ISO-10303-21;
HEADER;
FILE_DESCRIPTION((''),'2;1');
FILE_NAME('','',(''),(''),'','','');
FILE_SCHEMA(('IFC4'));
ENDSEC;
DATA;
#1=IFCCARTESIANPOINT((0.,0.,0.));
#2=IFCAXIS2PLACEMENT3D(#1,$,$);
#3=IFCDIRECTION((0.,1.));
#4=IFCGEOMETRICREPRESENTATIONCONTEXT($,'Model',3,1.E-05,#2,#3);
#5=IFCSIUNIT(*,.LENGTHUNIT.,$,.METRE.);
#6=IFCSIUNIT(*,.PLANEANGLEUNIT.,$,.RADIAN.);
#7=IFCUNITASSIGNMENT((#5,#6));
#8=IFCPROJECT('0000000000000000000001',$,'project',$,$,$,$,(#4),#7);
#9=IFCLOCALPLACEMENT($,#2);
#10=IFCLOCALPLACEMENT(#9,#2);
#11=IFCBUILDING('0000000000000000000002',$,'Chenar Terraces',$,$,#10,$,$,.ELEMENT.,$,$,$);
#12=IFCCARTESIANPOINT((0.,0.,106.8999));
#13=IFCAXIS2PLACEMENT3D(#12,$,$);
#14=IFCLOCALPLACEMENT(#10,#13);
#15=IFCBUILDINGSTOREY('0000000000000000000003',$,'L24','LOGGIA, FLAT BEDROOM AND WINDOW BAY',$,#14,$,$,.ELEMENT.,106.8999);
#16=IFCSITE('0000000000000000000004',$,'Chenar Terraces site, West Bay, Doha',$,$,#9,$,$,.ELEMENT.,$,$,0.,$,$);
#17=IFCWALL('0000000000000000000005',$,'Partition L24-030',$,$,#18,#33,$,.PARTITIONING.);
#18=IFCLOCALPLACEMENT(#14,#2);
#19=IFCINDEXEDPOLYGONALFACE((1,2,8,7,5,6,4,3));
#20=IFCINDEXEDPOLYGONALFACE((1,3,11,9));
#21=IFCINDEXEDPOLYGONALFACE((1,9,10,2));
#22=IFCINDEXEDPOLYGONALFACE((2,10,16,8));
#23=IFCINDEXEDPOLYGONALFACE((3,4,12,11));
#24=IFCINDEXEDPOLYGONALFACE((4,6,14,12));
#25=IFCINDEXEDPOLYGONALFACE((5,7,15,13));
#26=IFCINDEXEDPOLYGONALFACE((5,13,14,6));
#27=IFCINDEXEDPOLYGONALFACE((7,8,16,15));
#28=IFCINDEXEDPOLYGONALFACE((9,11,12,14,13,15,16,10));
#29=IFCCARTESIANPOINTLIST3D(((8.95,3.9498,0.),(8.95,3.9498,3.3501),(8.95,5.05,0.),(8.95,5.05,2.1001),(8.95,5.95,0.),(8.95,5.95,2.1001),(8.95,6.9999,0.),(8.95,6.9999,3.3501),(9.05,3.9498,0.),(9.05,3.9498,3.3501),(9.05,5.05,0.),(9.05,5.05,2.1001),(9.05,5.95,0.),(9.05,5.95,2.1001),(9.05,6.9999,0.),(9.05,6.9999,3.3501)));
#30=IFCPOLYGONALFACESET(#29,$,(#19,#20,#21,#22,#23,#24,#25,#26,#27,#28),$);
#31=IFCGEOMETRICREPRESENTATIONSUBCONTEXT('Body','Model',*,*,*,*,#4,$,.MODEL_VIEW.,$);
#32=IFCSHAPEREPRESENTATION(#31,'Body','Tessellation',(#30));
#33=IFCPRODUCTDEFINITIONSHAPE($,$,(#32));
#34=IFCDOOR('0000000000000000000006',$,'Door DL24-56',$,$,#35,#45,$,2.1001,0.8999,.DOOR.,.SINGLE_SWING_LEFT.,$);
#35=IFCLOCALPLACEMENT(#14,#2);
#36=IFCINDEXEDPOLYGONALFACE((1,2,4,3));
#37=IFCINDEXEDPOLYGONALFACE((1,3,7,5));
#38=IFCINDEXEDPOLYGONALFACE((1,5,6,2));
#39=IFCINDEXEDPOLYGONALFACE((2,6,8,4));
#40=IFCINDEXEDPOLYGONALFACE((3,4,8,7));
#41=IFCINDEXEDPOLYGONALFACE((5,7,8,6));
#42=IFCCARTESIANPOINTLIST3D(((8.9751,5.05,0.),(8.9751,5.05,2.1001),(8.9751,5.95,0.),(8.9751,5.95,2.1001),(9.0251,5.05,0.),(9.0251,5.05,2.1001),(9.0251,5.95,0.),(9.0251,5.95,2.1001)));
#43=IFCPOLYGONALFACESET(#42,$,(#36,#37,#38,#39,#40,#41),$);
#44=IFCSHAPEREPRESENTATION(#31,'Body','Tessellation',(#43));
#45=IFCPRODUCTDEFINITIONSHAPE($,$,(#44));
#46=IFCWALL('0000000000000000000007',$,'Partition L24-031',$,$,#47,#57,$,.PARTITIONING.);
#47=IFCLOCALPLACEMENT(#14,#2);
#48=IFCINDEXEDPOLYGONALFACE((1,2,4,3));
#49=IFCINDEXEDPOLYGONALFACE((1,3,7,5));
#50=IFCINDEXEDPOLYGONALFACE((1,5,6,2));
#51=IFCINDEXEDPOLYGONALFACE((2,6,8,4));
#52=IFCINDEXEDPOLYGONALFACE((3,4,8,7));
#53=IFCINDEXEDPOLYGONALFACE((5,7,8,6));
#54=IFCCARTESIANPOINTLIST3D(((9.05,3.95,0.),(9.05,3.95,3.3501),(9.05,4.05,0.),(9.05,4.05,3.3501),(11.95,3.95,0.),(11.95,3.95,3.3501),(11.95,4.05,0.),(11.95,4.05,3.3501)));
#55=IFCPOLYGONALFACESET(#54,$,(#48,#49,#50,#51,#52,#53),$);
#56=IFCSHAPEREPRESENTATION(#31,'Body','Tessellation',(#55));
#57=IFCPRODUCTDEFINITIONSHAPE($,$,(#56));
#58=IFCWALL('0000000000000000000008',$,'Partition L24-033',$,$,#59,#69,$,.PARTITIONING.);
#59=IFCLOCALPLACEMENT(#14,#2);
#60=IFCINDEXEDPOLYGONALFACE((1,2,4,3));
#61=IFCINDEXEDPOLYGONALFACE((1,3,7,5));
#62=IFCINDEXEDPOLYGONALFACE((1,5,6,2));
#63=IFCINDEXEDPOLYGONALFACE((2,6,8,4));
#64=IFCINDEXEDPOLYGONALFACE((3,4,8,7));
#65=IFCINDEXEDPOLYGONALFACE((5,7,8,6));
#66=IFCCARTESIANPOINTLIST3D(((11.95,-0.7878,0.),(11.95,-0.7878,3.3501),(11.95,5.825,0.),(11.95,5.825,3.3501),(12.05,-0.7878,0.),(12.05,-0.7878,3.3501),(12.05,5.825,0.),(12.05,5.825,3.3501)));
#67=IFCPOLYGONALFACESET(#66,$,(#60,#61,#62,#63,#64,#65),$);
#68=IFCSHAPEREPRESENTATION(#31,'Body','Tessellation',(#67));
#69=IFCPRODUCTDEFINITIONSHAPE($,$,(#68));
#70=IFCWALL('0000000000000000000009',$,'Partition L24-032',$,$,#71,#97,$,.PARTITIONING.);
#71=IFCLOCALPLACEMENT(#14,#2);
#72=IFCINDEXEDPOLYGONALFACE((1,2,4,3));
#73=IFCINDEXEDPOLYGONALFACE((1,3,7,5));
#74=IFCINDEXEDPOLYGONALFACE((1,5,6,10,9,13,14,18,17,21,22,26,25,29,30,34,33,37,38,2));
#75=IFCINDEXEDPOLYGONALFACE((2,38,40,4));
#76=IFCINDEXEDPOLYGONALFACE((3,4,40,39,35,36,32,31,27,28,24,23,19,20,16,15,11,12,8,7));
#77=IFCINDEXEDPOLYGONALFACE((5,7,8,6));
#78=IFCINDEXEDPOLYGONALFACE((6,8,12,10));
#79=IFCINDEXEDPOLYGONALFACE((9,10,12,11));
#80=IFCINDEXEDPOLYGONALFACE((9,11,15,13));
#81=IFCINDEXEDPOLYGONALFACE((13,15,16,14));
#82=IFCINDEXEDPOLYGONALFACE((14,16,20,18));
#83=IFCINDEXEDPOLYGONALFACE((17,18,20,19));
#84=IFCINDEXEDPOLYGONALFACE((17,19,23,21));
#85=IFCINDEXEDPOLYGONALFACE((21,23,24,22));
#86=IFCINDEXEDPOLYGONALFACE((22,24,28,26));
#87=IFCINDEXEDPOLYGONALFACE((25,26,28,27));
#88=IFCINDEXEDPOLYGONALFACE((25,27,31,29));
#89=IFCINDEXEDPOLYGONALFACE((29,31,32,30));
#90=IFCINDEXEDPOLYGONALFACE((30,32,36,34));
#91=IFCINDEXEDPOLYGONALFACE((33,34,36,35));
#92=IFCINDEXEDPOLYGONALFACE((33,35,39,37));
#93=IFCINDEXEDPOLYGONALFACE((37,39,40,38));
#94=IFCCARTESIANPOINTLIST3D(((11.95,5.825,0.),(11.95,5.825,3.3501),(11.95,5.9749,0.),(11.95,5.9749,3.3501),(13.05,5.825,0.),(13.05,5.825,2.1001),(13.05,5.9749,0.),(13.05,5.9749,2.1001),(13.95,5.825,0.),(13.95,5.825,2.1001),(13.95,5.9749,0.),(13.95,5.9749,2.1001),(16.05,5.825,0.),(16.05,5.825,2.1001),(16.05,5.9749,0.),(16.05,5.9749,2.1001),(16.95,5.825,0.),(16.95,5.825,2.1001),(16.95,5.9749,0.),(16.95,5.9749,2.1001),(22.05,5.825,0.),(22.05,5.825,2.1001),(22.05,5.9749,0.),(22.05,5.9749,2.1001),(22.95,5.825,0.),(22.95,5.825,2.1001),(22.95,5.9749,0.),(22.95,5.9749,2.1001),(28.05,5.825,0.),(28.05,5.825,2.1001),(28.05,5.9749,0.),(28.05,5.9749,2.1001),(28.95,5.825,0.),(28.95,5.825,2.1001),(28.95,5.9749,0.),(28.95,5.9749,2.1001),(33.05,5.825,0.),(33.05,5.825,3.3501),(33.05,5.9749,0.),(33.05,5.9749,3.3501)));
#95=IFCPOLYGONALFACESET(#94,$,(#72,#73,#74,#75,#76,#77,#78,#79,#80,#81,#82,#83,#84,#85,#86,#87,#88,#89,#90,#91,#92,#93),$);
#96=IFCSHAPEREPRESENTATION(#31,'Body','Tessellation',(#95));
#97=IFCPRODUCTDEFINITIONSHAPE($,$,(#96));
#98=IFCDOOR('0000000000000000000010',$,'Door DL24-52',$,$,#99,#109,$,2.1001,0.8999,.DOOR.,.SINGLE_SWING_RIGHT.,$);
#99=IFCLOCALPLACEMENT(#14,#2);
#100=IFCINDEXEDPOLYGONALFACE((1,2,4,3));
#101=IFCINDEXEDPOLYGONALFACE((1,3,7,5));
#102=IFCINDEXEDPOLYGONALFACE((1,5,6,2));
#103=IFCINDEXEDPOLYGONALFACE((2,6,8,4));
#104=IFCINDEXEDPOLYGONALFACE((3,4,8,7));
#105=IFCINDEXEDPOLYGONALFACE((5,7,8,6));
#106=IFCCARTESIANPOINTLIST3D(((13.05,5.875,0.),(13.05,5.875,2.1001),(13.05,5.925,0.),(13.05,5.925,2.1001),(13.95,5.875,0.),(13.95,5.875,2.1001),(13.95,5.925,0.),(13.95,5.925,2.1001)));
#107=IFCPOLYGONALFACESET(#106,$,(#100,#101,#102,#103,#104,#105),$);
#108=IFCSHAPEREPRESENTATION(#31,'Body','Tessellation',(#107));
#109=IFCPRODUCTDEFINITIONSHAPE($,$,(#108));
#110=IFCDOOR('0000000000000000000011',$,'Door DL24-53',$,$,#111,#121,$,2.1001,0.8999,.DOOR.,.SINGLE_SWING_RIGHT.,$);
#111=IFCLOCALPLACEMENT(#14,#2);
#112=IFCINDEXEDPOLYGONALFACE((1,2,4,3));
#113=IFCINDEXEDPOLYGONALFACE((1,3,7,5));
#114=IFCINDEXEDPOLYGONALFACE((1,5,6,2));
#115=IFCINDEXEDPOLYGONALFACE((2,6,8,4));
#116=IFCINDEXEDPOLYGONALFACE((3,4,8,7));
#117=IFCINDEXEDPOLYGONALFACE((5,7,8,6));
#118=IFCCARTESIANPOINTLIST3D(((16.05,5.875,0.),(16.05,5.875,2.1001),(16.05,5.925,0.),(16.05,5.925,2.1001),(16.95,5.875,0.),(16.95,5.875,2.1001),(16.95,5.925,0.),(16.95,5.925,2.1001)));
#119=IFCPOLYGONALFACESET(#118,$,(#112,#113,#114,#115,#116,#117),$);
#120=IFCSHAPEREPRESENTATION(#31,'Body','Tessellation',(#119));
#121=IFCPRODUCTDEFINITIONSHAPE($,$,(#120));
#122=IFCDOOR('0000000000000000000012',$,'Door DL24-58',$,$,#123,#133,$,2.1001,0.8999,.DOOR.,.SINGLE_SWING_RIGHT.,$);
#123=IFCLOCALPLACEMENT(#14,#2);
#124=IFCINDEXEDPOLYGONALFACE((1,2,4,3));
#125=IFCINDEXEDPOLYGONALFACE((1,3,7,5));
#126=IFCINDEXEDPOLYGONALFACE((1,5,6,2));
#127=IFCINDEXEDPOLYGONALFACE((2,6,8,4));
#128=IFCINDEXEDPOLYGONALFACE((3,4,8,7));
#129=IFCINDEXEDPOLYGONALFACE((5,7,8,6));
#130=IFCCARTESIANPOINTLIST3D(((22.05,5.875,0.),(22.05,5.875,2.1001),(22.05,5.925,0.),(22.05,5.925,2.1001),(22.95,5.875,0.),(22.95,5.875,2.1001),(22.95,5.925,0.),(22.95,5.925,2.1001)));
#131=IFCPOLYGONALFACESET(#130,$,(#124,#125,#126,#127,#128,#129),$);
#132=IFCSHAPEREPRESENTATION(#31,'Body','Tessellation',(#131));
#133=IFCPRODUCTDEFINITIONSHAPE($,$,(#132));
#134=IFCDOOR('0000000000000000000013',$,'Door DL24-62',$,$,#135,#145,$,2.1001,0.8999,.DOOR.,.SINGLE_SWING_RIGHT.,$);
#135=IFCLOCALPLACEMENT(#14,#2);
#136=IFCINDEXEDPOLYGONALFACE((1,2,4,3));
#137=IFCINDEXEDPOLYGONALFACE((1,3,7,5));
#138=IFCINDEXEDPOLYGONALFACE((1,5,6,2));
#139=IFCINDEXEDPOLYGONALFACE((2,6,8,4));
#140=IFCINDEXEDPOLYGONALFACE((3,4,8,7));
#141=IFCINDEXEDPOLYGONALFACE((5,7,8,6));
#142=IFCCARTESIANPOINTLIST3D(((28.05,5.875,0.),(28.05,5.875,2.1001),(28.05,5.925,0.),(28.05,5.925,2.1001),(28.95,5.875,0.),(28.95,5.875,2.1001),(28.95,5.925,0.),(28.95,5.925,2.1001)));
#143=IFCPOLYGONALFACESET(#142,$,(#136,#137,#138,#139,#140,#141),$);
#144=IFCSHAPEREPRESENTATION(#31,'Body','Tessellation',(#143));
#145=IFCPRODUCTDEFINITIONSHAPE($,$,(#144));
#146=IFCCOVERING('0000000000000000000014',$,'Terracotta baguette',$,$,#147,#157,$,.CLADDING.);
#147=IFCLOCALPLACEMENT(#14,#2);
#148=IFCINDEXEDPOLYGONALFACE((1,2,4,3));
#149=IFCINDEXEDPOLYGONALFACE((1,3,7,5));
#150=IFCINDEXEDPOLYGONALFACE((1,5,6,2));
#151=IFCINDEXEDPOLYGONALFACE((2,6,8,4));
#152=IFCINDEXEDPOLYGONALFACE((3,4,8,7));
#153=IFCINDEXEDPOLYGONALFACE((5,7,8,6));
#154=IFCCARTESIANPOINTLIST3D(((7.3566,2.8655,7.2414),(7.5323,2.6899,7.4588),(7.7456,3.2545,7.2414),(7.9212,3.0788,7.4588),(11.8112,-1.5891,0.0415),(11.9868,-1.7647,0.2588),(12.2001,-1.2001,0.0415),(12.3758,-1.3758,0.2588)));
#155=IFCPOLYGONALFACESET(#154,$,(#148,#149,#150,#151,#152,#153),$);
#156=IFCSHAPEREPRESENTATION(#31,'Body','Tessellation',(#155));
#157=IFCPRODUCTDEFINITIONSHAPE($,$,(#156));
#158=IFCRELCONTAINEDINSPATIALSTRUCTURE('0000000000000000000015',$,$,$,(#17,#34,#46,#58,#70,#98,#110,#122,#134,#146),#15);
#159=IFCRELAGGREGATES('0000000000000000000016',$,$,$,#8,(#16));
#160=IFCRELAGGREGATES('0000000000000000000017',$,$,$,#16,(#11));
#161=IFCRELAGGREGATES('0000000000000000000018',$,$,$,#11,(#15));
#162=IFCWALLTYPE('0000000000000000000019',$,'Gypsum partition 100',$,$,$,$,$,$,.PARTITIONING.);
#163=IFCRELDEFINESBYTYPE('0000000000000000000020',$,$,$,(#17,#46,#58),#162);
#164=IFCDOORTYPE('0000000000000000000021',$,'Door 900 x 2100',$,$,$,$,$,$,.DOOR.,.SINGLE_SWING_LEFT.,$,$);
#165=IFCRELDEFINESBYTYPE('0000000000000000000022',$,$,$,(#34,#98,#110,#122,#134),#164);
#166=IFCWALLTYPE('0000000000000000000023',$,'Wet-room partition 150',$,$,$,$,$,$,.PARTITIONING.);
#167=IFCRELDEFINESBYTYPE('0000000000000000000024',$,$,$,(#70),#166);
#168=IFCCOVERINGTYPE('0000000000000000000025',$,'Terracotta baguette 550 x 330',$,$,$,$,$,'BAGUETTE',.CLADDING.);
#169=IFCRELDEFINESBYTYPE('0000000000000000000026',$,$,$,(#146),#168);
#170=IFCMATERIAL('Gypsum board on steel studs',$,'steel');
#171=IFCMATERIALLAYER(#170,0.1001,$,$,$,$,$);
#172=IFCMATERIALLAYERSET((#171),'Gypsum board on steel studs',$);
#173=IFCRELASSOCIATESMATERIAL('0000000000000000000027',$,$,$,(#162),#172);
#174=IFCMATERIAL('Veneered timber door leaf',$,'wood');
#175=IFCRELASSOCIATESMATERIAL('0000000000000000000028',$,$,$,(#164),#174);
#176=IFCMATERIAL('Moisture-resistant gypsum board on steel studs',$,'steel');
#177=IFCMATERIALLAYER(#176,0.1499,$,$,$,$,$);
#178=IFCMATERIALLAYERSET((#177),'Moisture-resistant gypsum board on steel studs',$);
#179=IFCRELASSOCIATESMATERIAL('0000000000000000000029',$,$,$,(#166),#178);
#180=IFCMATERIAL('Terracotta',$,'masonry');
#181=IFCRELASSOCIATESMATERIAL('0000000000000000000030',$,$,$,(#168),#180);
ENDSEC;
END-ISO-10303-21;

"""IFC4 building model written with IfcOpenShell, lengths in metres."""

from ifc_helpers import new_model, si_unit, direction, frame, frame_2d, origin, origin_2d, place, context, subcontext, project, spatial, rectangle, extrude, material, layer, layer_set, material_profile, profile_set, type_object, element, fill, save


model = new_model("IFC4")

# Units and contexts
model_context = context("Model", 3, precision=1e-05, world=origin(), true_north=direction((0.0, 1.0)))
body_context = subcontext(model_context, "Body", "Model", "MODEL_VIEW")
ifc_project = project(units=[si_unit("LENGTHUNIT", "METRE"), si_unit("PLANEANGLEUNIT", "RADIAN")], contexts=[model_context])

# Site, building, storey
site_placement = place(None, origin())
site = spatial("IfcSite", under=ifc_project, at=site_placement, Name="Chenar Terraces site, West Bay, Doha", CompositionType="ELEMENT", RefElevation=0.0)
building_placement = place(site_placement, origin())
building = spatial("IfcBuilding", under=site, at=building_placement, Name="Chenar Terraces", CompositionType="ELEMENT")
storey_placement = place(building_placement, frame((0.0, 0.0, 106.8999)))
storey = spatial("IfcBuildingStorey", under=building, at=storey_placement, Name="L24", Description="LOGGIA, FLAT BEDROOM AND WINDOW BAY", CompositionType="ELEMENT", Elevation=106.8999)

# Wall, opening, door
ifc_material_1 = material(Name="Gypsum board on steel studs", Category="steel")
ifc_layer_1 = layer(ifc_material_1, 0.1001)
ifc_layer_set_1 = layer_set([ifc_layer_1], Name="Gypsum board on steel studs")
wall_type_1 = type_object("IfcWallType", Name="Gypsum partition 100", PredefinedType="PARTITIONING", material=ifc_layer_set_1)
wall_1_placement = place(storey_placement, frame((9.0, 3.95, 0.0), z_axis=(0.0, 0.0, 1.0), x_axis=(0.0, 1.0, 0.0)))
wall_1 = element("IfcWall", 1, at=wall_1_placement, inside=storey, type_object=wall_type_1, Name="Partition L24-030", PredefinedType="PARTITIONING", context=body_context, shape_type="SweptSolid", body=[
    extrude(rectangle(XDim=3.05, YDim=0.1001, at=frame_2d((1.5249, 0.0))), origin(), (0.0, 0.0, 1.0), 3.3501),
])
opening_1_placement = place(wall_1_placement, frame((1.1001, 0.0, 0.0)))
opening_1 = element("IfcOpeningElement", 2, at=opening_1_placement, cuts=wall_1, PredefinedType="OPENING", context=body_context, shape_type="SweptSolid", body=[
    extrude(rectangle(XDim=0.8999, YDim=2.1001, at=frame_2d((0.45, 1.05))), frame((0.0, 0.0601, 0.0), z_axis=(0.0, -1.0, 0.0), x_axis=(1.0, 0.0, 0.0)), (0.0, 0.0, 1.0), 0.1201),
])
ifc_material_2 = material(Name="Veneered timber door leaf", Category="wood")
door_type = type_object("IfcDoorType", Name="Door 900 x 2100", OperationType="SINGLE_SWING_LEFT", PredefinedType="DOOR", material=ifc_material_2)
door_1_placement = place(opening_1_placement, origin())
door_1 = element("IfcDoor", 3, at=door_1_placement, inside=storey, type_object=door_type, Name="Door DL24-56", OperationType="SINGLE_SWING_LEFT", OverallHeight=2.1001, OverallWidth=0.8999, PredefinedType="DOOR", context=body_context, shape_type="SweptSolid", body=[
    extrude(rectangle(XDim=0.8999, YDim=2.1001, at=frame_2d((0.45, 1.05))), frame((0.0, 0.0249, 0.0), z_axis=(0.0, -1.0, 0.0), x_axis=(1.0, 0.0, 0.0)), (0.0, 0.0, 1.0), 0.05),
])
fill(opening_1, door_1)

# Walls
wall_2_placement = place(storey_placement, frame((9.05, 4.0, 0.0), z_axis=(0.0, 0.0, 1.0), x_axis=(1.0, 0.0, 0.0)))
element("IfcWall", 4, at=wall_2_placement, inside=storey, type_object=wall_type_1, Name="Partition L24-031", PredefinedType="PARTITIONING", context=body_context, shape_type="SweptSolid", body=[
    extrude(rectangle(XDim=2.8999, YDim=0.1001, at=frame_2d((1.45, 0.0))), origin(), (0.0, 0.0, 1.0), 3.3501),
])
wall_3_placement = place(storey_placement, frame((12.0, -0.7878, 0.0), z_axis=(0.0, 0.0, 1.0), x_axis=(0.0, 1.0, 0.0)))
element("IfcWall", 5, at=wall_3_placement, inside=storey, type_object=wall_type_1, Name="Partition L24-033", PredefinedType="PARTITIONING", context=body_context, shape_type="SweptSolid", body=[
    extrude(rectangle(XDim=6.6128, YDim=0.1001, at=frame_2d((3.3064, 0.0))), origin(), (0.0, 0.0, 1.0), 3.3501),
])

# Wall, openings, doors
ifc_material_3 = material(Name="Moisture-resistant gypsum board on steel studs", Category="steel")
ifc_layer_2 = layer(ifc_material_3, 0.1499)
ifc_layer_set_2 = layer_set([ifc_layer_2], Name="Moisture-resistant gypsum board on steel studs")
wall_type_2 = type_object("IfcWallType", Name="Wet-room partition 150", PredefinedType="PARTITIONING", material=ifc_layer_set_2)
wall_4_placement = place(storey_placement, frame((11.95, 5.8999, 0.0), z_axis=(0.0, 0.0, 1.0), x_axis=(1.0, 0.0, 0.0)))
wall_4 = element("IfcWall", 6, at=wall_4_placement, inside=storey, type_object=wall_type_2, Name="Partition L24-032", PredefinedType="PARTITIONING", context=body_context, shape_type="SweptSolid", body=[
    extrude(rectangle(XDim=21.1001, YDim=0.1499, at=frame_2d((10.55, 0.0))), origin(), (0.0, 0.0, 1.0), 3.3501),
])
opening_2_placement = place(wall_4_placement, frame((1.1001, 0.0, 0.0)))
opening_2 = element("IfcOpeningElement", 7, at=opening_2_placement, cuts=wall_4, PredefinedType="OPENING", context=body_context, shape_type="SweptSolid", body=[
    extrude(rectangle(XDim=0.8999, YDim=2.1001, at=frame_2d((0.45, 1.05))), frame((0.0, 0.085, 0.0), z_axis=(0.0, -1.0, 0.0), x_axis=(1.0, 0.0, 0.0)), (0.0, 0.0, 1.0), 0.1699),
])
opening_3_placement = place(wall_4_placement, frame((4.1001, 0.0, 0.0)))
opening_3 = element("IfcOpeningElement", 8, at=opening_3_placement, cuts=wall_4, PredefinedType="OPENING", context=body_context, shape_type="SweptSolid", body=[
    extrude(rectangle(XDim=0.8999, YDim=2.1001, at=frame_2d((0.45, 1.05))), frame((0.0, 0.085, 0.0), z_axis=(0.0, -1.0, 0.0), x_axis=(1.0, 0.0, 0.0)), (0.0, 0.0, 1.0), 0.1699),
])
opening_4_placement = place(wall_4_placement, frame((10.1001, 0.0, 0.0)))
opening_4 = element("IfcOpeningElement", 9, at=opening_4_placement, cuts=wall_4, PredefinedType="OPENING", context=body_context, shape_type="SweptSolid", body=[
    extrude(rectangle(XDim=0.8999, YDim=2.1001, at=frame_2d((0.45, 1.05))), frame((0.0, 0.085, 0.0), z_axis=(0.0, -1.0, 0.0), x_axis=(1.0, 0.0, 0.0)), (0.0, 0.0, 1.0), 0.1699),
])
opening_5_placement = place(wall_4_placement, frame((16.1001, 0.0, 0.0)))
opening_5 = element("IfcOpeningElement", 10, at=opening_5_placement, cuts=wall_4, PredefinedType="OPENING", context=body_context, shape_type="SweptSolid", body=[
    extrude(rectangle(XDim=0.8999, YDim=2.1001, at=frame_2d((0.45, 1.05))), frame((0.0, 0.085, 0.0), z_axis=(0.0, -1.0, 0.0), x_axis=(1.0, 0.0, 0.0)), (0.0, 0.0, 1.0), 0.1699),
])
door_2_placement = place(opening_2_placement, frame((0.8999, 0.0, 0.0), z_axis=(0.0, 0.0, 1.0), x_axis=(-1.0, 0.0, 0.0)))
door_2 = element("IfcDoor", 11, at=door_2_placement, inside=storey, type_object=door_type, Name="Door DL24-52", OperationType="SINGLE_SWING_RIGHT", OverallHeight=2.1001, OverallWidth=0.8999, PredefinedType="DOOR", context=body_context, shape_type="SweptSolid", body=[
    extrude(rectangle(XDim=0.8999, YDim=2.1001, at=frame_2d((0.45, 1.05))), frame((0.0, 0.0249, 0.0), z_axis=(0.0, -1.0, 0.0), x_axis=(1.0, 0.0, 0.0)), (0.0, 0.0, 1.0), 0.05),
])
fill(opening_2, door_2)
door_3_placement = place(opening_3_placement, frame((0.8999, 0.0, 0.0), z_axis=(0.0, 0.0, 1.0), x_axis=(-1.0, 0.0, 0.0)))
door_3 = element("IfcDoor", 12, at=door_3_placement, inside=storey, type_object=door_type, Name="Door DL24-53", OperationType="SINGLE_SWING_RIGHT", OverallHeight=2.1001, OverallWidth=0.8999, PredefinedType="DOOR", context=body_context, shape_type="SweptSolid", body=[
    extrude(rectangle(XDim=0.8999, YDim=2.1001, at=frame_2d((0.45, 1.05))), frame((0.0, 0.0249, 0.0), z_axis=(0.0, -1.0, 0.0), x_axis=(1.0, 0.0, 0.0)), (0.0, 0.0, 1.0), 0.05),
])
fill(opening_3, door_3)
door_4_placement = place(opening_4_placement, frame((0.8999, 0.0, 0.0), z_axis=(0.0, 0.0, 1.0), x_axis=(-1.0, 0.0, 0.0)))
door_4 = element("IfcDoor", 13, at=door_4_placement, inside=storey, type_object=door_type, Name="Door DL24-58", OperationType="SINGLE_SWING_RIGHT", OverallHeight=2.1001, OverallWidth=0.8999, PredefinedType="DOOR", context=body_context, shape_type="SweptSolid", body=[
    extrude(rectangle(XDim=0.8999, YDim=2.1001, at=frame_2d((0.45, 1.05))), frame((0.0, 0.0249, 0.0), z_axis=(0.0, -1.0, 0.0), x_axis=(1.0, 0.0, 0.0)), (0.0, 0.0, 1.0), 0.05),
])
fill(opening_4, door_4)
door_5_placement = place(opening_5_placement, frame((0.8999, 0.0, 0.0), z_axis=(0.0, 0.0, 1.0), x_axis=(-1.0, 0.0, 0.0)))
door_5 = element("IfcDoor", 14, at=door_5_placement, inside=storey, type_object=door_type, Name="Door DL24-62", OperationType="SINGLE_SWING_RIGHT", OverallHeight=2.1001, OverallWidth=0.8999, PredefinedType="DOOR", context=body_context, shape_type="SweptSolid", body=[
    extrude(rectangle(XDim=0.8999, YDim=2.1001, at=frame_2d((0.45, 1.05))), frame((0.0, 0.0249, 0.0), z_axis=(0.0, -1.0, 0.0), x_axis=(1.0, 0.0, 0.0)), (0.0, 0.0, 1.0), 0.05),
])
fill(opening_5, door_5)

# Covering
ifc_material_4 = material(Name="Terracotta", Category="masonry")
ifc_material_profile = material_profile(ifc_material_4, rectangle(XDim=0.55, YDim=0.3301, at=origin_2d()), Name="Terracotta baguette 550 x 330")
ifc_profile_set = profile_set([ifc_material_profile], Name="Terracotta")
covering_type = type_object("IfcCoveringType", Name="Terracotta baguette 550 x 330", ElementType="BAGUETTE", PredefinedType="CLADDING", material=ifc_profile_set)
covering_placement = place(storey_placement, frame((7.6389, 2.9722, 7.3501), z_axis=(0.465624, -0.465624, -0.752588), x_axis=(0.707107, 0.707107, 0.0)))
element("IfcCovering", 15, at=covering_placement, inside=storey, type_object=covering_type, Name="Terracotta baguette", PredefinedType="CLADDING", context=body_context, shape_type="SweptSolid", body=[
    extrude(rectangle(XDim=0.55, YDim=0.3301, at=origin_2d()), origin(), (0.0, 0.0, 1.0), 9.5669),
])

save(model, "model.ifc")
